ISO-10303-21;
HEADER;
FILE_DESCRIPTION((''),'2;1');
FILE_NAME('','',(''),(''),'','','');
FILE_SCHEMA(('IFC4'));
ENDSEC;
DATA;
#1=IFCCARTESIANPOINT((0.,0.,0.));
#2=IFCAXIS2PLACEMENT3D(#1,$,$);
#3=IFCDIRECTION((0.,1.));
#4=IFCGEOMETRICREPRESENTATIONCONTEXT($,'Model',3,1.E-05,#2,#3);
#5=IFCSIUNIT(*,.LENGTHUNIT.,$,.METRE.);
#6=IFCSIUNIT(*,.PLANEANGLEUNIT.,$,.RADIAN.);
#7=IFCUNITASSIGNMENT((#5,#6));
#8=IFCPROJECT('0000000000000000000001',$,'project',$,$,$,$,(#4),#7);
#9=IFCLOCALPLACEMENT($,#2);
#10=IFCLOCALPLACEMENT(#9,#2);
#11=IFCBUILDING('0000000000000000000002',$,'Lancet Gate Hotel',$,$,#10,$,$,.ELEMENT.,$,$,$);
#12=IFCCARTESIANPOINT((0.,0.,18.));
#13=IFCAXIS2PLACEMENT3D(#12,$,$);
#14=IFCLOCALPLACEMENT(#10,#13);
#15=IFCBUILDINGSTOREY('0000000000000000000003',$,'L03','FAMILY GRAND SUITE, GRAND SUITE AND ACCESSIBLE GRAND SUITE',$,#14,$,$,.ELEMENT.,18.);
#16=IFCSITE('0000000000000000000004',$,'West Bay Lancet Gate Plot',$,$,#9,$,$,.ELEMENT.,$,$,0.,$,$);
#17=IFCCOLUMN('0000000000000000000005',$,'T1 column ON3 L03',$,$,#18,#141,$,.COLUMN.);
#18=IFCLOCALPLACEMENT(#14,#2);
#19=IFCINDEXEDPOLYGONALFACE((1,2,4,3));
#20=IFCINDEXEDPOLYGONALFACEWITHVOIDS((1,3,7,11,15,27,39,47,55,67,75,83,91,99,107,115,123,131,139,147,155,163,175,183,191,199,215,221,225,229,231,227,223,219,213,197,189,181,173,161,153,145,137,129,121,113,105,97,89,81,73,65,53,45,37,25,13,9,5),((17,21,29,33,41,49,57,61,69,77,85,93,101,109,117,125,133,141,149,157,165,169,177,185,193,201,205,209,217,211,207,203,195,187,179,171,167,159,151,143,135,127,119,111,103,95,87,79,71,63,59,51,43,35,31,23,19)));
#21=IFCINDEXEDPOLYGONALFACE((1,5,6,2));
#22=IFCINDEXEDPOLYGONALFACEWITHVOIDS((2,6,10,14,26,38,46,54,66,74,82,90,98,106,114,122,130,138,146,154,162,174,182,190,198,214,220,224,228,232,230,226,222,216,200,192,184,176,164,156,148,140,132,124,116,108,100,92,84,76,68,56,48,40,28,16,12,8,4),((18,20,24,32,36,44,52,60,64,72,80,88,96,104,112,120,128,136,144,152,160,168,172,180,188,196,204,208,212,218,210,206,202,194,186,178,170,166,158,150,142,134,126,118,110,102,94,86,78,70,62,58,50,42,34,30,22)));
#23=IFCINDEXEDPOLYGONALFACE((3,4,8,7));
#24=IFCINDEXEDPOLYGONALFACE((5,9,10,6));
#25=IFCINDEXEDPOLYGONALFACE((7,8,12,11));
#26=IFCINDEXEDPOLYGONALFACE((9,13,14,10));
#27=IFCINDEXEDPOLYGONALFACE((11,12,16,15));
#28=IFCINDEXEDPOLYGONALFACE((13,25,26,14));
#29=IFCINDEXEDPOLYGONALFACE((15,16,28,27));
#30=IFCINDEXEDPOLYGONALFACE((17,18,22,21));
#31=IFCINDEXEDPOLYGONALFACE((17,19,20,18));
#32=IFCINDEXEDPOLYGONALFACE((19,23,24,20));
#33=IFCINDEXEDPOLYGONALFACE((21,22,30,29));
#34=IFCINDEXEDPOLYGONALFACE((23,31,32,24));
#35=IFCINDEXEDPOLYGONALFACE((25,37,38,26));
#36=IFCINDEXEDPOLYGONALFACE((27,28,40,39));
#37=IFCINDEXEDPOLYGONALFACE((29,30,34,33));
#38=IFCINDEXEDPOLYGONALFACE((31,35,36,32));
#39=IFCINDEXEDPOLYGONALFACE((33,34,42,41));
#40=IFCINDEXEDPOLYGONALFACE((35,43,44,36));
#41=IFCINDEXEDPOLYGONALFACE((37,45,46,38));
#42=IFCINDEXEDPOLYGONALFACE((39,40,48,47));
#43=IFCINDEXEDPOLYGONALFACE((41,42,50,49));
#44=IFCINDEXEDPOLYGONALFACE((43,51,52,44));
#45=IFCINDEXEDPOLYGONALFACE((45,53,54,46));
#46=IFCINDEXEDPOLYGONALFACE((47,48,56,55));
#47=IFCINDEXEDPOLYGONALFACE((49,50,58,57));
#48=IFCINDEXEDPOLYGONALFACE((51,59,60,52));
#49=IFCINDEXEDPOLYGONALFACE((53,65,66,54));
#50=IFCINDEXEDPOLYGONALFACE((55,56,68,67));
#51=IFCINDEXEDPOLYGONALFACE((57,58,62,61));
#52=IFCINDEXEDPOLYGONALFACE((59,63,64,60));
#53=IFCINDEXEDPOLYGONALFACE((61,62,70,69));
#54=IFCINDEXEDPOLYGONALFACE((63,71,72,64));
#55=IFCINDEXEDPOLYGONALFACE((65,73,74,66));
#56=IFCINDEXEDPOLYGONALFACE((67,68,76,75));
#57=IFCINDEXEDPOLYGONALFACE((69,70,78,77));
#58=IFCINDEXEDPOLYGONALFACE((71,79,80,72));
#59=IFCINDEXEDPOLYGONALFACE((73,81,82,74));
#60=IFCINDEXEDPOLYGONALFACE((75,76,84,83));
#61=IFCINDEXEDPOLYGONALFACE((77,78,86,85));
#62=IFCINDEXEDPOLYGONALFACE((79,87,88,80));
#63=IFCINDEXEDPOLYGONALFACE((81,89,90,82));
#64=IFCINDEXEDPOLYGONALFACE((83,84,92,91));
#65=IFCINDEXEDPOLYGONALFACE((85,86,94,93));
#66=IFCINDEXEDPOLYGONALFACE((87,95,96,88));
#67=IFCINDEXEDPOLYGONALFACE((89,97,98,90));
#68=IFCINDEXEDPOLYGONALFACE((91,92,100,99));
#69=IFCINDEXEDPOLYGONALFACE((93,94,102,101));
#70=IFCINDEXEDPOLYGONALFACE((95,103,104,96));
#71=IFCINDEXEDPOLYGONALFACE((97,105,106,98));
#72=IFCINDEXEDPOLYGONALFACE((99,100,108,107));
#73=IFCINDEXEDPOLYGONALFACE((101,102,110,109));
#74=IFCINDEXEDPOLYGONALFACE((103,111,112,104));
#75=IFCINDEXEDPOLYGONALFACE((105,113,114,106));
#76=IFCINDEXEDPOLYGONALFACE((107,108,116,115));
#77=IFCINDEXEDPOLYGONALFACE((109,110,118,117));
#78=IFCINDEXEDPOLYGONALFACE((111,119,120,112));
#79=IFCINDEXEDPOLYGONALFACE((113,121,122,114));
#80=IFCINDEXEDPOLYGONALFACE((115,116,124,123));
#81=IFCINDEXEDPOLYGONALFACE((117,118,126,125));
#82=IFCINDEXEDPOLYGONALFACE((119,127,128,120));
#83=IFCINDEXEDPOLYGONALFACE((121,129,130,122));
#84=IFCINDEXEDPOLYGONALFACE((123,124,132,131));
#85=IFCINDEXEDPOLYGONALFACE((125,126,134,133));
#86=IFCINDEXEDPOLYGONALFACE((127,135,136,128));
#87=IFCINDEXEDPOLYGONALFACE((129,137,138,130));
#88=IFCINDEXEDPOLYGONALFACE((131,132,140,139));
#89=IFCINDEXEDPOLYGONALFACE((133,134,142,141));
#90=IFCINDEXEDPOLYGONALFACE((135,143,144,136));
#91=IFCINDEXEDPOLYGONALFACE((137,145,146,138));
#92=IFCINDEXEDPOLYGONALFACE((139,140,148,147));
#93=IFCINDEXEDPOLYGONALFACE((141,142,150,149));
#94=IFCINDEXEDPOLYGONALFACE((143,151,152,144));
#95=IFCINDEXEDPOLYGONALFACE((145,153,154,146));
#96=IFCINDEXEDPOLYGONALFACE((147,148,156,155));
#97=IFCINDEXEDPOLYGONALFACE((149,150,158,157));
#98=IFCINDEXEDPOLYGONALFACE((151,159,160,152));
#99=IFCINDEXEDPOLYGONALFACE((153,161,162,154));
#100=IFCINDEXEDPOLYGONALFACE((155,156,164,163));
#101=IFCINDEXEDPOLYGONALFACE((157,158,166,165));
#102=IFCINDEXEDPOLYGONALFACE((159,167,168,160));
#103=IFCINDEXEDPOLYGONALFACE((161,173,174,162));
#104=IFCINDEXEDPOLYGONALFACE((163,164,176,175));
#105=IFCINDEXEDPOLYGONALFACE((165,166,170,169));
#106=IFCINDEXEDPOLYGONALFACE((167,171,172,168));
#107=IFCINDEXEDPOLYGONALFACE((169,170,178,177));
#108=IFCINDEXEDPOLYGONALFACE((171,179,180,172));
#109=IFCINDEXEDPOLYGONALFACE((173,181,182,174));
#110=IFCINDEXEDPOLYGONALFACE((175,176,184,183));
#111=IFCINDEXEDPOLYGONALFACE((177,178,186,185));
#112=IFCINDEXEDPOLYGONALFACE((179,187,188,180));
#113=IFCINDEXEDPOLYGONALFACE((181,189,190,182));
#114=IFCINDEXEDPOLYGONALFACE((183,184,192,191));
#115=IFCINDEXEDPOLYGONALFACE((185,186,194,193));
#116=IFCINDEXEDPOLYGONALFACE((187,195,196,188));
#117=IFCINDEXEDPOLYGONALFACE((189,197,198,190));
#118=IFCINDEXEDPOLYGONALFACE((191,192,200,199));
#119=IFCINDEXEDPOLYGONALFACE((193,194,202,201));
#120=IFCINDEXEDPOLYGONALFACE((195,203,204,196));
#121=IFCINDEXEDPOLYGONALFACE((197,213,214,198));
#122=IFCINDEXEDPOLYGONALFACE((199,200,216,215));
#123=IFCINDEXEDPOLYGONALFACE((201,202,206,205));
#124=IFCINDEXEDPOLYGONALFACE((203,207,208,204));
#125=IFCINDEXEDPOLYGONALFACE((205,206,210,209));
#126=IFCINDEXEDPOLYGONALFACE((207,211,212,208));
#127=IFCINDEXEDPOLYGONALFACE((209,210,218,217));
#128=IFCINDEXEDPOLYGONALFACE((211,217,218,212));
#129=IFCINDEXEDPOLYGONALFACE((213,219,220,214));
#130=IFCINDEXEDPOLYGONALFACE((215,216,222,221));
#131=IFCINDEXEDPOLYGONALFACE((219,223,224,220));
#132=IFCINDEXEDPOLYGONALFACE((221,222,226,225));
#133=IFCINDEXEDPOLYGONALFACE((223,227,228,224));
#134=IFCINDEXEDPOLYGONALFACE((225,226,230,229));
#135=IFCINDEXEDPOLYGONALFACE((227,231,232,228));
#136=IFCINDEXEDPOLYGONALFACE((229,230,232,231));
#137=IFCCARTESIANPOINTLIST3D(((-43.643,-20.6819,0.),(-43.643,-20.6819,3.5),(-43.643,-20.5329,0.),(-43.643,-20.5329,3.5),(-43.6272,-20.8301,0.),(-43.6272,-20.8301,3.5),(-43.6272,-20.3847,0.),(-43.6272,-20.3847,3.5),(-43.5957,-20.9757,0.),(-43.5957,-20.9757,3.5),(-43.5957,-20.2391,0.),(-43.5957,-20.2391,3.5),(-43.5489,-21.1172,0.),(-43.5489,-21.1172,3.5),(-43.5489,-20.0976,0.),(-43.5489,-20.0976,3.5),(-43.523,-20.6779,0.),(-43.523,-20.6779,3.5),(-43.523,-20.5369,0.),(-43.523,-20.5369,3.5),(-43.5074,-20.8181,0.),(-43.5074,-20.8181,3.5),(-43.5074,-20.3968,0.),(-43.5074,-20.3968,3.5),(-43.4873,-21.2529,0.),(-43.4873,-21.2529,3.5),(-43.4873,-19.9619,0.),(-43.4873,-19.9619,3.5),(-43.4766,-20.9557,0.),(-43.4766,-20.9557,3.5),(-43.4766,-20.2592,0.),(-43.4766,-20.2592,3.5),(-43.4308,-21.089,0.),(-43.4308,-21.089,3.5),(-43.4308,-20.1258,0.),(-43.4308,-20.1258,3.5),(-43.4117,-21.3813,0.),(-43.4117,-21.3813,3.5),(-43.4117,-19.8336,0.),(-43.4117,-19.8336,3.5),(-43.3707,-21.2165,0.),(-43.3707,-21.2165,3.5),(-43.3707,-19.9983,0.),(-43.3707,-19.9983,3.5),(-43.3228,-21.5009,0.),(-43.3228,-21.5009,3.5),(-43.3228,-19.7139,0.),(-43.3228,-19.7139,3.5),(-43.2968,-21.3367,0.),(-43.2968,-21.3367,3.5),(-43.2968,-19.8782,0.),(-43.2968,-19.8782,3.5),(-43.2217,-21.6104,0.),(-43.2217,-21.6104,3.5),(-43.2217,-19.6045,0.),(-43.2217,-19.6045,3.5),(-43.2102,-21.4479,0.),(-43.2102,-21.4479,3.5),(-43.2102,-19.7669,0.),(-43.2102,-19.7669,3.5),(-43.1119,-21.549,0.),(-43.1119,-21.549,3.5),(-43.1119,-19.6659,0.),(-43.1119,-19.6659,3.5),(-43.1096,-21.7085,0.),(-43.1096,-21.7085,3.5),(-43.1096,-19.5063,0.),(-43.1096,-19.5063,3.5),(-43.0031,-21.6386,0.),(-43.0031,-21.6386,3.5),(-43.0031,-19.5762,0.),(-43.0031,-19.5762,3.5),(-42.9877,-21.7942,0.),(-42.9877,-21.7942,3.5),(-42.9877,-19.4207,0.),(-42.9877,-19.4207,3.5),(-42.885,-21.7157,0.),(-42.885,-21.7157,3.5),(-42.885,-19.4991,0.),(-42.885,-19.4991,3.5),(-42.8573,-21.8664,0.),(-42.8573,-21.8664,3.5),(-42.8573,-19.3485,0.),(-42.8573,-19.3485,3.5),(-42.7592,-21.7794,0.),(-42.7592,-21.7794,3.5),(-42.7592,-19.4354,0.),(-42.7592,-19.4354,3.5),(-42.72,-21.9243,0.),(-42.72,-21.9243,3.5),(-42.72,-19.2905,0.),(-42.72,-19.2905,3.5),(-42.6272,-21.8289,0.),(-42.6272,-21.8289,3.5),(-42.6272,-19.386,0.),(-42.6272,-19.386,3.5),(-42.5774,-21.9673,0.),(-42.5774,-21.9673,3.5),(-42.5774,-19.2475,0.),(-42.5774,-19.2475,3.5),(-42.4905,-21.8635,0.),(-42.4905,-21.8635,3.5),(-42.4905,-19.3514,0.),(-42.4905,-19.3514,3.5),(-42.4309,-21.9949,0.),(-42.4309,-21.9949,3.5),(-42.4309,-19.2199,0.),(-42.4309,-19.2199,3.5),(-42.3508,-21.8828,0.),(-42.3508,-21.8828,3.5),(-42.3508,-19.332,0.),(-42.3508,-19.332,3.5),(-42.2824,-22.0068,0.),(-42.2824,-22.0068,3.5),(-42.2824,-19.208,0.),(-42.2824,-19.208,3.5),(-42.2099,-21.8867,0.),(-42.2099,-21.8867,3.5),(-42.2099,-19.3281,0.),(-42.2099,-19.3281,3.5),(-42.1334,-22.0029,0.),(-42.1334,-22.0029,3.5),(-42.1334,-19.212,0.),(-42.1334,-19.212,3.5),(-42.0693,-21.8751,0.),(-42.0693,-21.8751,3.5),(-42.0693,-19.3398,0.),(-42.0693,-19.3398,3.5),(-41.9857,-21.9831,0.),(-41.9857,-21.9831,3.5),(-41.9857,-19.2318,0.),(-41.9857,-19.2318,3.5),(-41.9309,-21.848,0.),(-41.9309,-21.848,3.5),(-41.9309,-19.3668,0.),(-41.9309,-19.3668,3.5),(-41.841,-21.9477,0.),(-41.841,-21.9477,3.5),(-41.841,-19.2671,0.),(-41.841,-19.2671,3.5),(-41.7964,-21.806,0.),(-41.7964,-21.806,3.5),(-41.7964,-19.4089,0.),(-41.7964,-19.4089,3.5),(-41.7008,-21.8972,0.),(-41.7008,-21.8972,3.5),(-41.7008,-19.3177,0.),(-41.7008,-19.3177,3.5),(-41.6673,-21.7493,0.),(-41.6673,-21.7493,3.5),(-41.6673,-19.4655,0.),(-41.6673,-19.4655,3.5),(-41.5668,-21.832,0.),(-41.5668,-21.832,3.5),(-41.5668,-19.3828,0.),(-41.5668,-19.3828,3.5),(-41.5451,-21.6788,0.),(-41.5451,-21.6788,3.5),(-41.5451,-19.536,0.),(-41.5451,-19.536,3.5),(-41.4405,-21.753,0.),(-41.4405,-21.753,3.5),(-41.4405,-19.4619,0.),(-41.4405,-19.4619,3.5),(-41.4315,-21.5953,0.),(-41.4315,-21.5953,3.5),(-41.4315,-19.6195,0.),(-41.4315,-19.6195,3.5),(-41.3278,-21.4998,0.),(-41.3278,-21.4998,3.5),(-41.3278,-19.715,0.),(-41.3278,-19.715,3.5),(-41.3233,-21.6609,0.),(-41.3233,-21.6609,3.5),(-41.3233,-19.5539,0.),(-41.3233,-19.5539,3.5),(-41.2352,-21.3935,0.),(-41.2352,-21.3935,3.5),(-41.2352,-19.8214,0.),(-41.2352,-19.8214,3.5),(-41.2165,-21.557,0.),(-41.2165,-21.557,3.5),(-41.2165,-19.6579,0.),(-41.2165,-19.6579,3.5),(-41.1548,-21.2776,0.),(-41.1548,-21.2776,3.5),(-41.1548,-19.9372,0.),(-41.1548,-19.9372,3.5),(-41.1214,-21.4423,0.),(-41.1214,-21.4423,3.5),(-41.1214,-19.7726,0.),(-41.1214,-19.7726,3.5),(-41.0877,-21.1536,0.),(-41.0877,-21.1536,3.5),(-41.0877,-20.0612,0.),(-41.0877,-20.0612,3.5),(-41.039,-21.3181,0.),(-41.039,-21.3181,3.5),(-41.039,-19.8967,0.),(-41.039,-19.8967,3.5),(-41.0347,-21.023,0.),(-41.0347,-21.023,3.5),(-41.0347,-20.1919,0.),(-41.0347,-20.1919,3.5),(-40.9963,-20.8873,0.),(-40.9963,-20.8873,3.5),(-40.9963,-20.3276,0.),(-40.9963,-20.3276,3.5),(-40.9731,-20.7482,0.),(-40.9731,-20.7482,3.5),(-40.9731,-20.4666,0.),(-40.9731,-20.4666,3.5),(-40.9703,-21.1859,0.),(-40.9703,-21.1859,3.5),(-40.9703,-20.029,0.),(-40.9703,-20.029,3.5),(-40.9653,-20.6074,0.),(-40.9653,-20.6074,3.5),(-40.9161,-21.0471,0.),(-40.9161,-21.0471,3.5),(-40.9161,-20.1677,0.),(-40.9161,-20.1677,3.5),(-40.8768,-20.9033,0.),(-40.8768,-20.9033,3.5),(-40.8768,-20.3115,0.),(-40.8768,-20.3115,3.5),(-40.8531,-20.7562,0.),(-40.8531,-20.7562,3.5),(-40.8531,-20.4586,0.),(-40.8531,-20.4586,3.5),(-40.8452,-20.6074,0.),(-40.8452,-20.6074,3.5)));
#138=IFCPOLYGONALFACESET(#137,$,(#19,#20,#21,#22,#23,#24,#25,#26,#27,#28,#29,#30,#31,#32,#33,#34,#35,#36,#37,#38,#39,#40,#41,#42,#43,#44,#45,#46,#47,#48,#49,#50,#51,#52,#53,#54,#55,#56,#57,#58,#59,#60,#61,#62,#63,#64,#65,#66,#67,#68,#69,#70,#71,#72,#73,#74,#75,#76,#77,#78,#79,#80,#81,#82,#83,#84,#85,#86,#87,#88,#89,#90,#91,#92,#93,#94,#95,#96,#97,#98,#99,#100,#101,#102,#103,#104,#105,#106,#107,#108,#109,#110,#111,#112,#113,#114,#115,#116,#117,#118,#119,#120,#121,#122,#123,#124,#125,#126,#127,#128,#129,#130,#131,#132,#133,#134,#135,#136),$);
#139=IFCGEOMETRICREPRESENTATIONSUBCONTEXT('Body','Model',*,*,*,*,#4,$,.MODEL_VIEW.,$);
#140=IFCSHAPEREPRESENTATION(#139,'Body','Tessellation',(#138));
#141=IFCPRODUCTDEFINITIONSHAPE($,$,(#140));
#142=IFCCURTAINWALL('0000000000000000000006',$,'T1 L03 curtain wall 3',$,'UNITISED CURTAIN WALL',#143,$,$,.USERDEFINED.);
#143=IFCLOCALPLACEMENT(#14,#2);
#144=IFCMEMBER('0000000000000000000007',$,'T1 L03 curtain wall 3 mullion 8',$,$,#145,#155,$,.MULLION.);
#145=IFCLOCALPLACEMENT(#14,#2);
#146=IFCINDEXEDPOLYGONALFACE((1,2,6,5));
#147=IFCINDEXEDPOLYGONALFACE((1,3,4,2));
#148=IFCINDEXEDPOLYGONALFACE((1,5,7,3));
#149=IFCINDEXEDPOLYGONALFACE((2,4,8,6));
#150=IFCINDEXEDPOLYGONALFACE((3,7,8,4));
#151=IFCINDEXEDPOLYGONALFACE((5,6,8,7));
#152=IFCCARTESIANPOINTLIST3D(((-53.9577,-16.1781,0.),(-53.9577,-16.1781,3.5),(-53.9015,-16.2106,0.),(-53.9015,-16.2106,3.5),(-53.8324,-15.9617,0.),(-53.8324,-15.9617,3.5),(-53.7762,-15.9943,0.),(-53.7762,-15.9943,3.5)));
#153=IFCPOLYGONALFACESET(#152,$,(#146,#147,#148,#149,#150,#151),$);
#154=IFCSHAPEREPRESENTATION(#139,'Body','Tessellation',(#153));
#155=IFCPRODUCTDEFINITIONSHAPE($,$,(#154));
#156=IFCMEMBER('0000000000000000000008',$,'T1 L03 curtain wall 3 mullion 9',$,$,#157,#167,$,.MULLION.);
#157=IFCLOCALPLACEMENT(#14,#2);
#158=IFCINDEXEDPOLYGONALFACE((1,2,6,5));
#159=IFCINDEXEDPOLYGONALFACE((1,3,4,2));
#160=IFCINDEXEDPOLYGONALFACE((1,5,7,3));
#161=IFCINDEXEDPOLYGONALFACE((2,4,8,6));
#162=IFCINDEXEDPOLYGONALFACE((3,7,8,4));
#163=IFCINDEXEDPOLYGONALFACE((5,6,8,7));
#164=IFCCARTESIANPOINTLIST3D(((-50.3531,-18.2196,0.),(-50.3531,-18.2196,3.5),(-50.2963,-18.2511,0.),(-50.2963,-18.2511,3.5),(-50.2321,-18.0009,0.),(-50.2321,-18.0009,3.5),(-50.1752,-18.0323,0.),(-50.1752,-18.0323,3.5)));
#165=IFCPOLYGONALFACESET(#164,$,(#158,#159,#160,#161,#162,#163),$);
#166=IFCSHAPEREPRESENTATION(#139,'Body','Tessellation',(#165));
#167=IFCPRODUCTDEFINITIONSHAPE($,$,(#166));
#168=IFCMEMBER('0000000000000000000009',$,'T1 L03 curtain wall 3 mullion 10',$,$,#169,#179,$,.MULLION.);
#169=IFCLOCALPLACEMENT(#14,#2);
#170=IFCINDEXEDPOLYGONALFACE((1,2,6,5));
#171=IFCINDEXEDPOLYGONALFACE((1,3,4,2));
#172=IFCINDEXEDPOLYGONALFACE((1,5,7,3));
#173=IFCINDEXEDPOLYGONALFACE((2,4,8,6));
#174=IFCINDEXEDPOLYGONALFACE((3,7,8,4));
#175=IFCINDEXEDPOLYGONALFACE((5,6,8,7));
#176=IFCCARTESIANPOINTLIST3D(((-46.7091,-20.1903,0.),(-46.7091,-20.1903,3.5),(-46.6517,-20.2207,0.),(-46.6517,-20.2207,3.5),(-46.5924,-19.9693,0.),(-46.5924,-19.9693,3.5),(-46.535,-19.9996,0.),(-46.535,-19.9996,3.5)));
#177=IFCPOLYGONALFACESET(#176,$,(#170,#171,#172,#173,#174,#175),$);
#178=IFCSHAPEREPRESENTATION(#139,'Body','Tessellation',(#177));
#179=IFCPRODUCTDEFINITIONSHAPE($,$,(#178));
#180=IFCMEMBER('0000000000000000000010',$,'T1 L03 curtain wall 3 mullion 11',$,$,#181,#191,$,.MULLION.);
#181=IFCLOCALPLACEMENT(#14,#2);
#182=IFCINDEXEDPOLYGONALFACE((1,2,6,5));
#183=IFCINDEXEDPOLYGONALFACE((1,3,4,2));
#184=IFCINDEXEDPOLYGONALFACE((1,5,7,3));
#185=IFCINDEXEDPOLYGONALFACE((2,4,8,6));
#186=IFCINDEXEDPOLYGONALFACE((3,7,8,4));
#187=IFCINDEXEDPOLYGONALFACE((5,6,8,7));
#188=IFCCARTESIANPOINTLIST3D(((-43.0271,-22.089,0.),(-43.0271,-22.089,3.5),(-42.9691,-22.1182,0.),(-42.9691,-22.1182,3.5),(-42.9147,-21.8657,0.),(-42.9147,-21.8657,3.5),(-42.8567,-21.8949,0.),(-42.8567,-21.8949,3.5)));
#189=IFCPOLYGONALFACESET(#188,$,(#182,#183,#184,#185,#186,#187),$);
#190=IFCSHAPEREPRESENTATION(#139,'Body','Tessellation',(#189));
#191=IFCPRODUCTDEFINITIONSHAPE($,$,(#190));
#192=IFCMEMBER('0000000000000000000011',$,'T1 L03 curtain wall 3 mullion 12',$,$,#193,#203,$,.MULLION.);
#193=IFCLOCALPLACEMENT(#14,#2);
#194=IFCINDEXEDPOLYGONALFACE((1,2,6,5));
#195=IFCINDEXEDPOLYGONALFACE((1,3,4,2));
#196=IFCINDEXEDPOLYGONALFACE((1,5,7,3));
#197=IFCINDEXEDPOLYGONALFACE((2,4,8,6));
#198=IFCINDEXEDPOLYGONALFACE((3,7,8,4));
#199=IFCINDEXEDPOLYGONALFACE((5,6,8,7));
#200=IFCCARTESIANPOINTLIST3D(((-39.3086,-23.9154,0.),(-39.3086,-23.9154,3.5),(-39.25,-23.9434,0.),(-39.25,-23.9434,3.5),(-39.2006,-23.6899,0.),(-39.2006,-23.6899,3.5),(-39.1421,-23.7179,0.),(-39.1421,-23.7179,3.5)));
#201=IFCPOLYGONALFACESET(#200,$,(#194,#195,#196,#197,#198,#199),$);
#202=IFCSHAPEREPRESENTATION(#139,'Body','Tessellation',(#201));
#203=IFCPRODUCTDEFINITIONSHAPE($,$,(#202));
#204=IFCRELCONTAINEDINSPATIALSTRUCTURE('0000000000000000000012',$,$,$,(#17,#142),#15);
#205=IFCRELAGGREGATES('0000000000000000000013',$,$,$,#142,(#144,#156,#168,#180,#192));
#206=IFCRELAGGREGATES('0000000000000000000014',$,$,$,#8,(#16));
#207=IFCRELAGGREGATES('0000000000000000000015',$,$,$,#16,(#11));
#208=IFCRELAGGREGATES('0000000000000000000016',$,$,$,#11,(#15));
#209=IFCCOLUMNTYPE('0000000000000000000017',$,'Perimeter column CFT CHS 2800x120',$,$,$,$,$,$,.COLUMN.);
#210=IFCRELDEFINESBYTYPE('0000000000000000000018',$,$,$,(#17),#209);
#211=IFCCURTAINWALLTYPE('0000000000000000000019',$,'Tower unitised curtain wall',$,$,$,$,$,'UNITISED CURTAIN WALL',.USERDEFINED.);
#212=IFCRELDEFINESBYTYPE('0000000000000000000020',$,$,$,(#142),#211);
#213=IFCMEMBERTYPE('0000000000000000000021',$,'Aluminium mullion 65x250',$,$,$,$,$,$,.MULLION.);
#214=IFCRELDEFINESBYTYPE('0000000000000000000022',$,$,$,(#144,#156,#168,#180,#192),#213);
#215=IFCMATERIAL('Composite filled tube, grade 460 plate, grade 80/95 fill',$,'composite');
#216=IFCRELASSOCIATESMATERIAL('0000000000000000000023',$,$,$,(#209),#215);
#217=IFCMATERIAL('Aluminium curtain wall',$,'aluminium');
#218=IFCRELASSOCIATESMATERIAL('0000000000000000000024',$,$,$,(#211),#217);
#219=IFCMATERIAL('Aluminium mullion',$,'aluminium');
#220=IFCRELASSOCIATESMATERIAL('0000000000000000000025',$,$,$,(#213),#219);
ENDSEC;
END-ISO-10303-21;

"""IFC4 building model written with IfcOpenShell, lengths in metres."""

from ifc_helpers import new_model, si_unit, direction, frame, origin, origin_2d, place, context, subcontext, project, spatial, rectangle, hollow_circle, extrude, material, material_profile, profile_set, type_object, element, aggregate, save


model = new_model("IFC4")

# Units and contexts
model_context = context("Model", 3, precision=1e-05, world=origin(), true_north=direction((0.0, 1.0)))
body_context = subcontext(model_context, "Body", "Model", "MODEL_VIEW")
ifc_project = project(units=[si_unit("LENGTHUNIT", "METRE"), si_unit("PLANEANGLEUNIT", "RADIAN")], contexts=[model_context])

# Site, building, storey
site_placement = place(None, origin())
site = spatial("IfcSite", under=ifc_project, at=site_placement, Name="West Bay Lancet Gate Plot", CompositionType="ELEMENT", RefElevation=0.0)
building_placement = place(site_placement, origin())
building = spatial("IfcBuilding", under=site, at=building_placement, Name="Lancet Gate Hotel", CompositionType="ELEMENT")
storey_placement = place(building_placement, frame((0.0, 0.0, 18.0)))
storey = spatial("IfcBuildingStorey", under=building, at=storey_placement, Name="L03", Description="FAMILY GRAND SUITE, GRAND SUITE AND ACCESSIBLE GRAND SUITE", CompositionType="ELEMENT", Elevation=18.0)

# Column
ifc_material_1 = material(Name="Composite filled tube, grade 460 plate, grade 80/95 fill", Category="composite")
ifc_material_profile_1 = material_profile(ifc_material_1, hollow_circle(Radius=1.3999, WallThickness=0.1201, at=origin_2d()), Name="CHS 2800x120")
ifc_profile_set_1 = profile_set([ifc_material_profile_1], Name="Composite filled tube, grade 460 plate, grade 80/95 fill")
column_type = type_object("IfcColumnType", Name="Perimeter column CFT CHS 2800x120", PredefinedType="COLUMN", material=ifc_profile_set_1)
for number, where, z_axis, x_axis, name in (
    (1, (-42.2451, -20.6074, 0.0), (0.0, 0.0, 1.0), (1.0, 0.0, 0.0), "T1 column ON3 L03"),
):
    element("IfcColumn", number, at=place(storey_placement, frame(where, z_axis=z_axis, x_axis=x_axis)), inside=storey, type_object=column_type, Name=name, PredefinedType="COLUMN", context=body_context, shape_type="SweptSolid", body=[
        extrude(hollow_circle(Radius=1.3999, WallThickness=0.1201, at=origin_2d()), origin(), (0.0, 0.0, 1.0), 3.5),
    ])

# Curtain wall, members
ifc_material_2 = material(Name="Aluminium curtain wall", Category="aluminium")
curtain_wall_type = type_object("IfcCurtainWallType", Name="Tower unitised curtain wall", ElementType="UNITISED CURTAIN WALL", PredefinedType="USERDEFINED", material=ifc_material_2)
curtain_wall_placement = place(storey_placement, origin())
curtain_wall = element("IfcCurtainWall", 2, at=curtain_wall_placement, inside=storey, type_object=curtain_wall_type, Name="T1 L03 curtain wall 3", ObjectType="UNITISED CURTAIN WALL", PredefinedType="USERDEFINED")
ifc_material_3 = material(Name="Aluminium mullion", Category="aluminium")
ifc_material_profile_2 = material_profile(ifc_material_3, rectangle(XDim=0.0649, YDim=0.25, at=origin_2d()), Name="MULLION 65x250")
ifc_profile_set_2 = profile_set([ifc_material_profile_2], Name="Aluminium mullion")
member_type_1 = type_object("IfcMemberType", Name="Aluminium mullion 65x250", PredefinedType="MULLION", material=ifc_profile_set_2)
member_1_placement = place(storey_placement, frame((-53.8669, -16.0862, 0.0), z_axis=(0.0, 0.0, 1.0), x_axis=(0.865335, -0.501194, 0.0)))
member_1 = element("IfcMember", 3, at=member_1_placement, type_object=member_type_1, Name="T1 L03 curtain wall 3 mullion 8", PredefinedType="MULLION", context=body_context, shape_type="SweptSolid", body=[
    extrude(rectangle(XDim=0.0649, YDim=0.25, at=origin_2d()), origin(), (0.0, 0.0, 1.0), 3.5),
])
member_2_placement = place(storey_placement, frame((-50.2642, -18.126, 0.0), z_axis=(0.0, 0.0, 1.0), x_axis=(0.874991, -0.484139, 0.0)))
member_2 = element("IfcMember", 4, at=member_2_placement, type_object=member_type_1, Name="T1 L03 curtain wall 3 mullion 9", PredefinedType="MULLION", context=body_context, shape_type="SweptSolid", body=[
    extrude(rectangle(XDim=0.0649, YDim=0.25, at=origin_2d()), origin(), (0.0, 0.0, 1.0), 3.5),
])
member_3_placement = place(storey_placement, frame((-46.6221, -20.095, 0.0), z_axis=(0.0, 0.0, 1.0), x_axis=(0.884311, -0.466898, 0.0)))
member_3 = element("IfcMember", 5, at=member_3_placement, type_object=member_type_1, Name="T1 L03 curtain wall 3 mullion 10", PredefinedType="MULLION", context=body_context, shape_type="SweptSolid", body=[
    extrude(rectangle(XDim=0.0649, YDim=0.25, at=origin_2d()), origin(), (0.0, 0.0, 1.0), 3.5),
])
member_4_placement = place(storey_placement, frame((-42.9419, -21.9919, 0.0), z_axis=(0.0, 0.0, 1.0), x_axis=(0.893292, -0.449478, 0.0)))
member_4 = element("IfcMember", 6, at=member_4_placement, type_object=member_type_1, Name="T1 L03 curtain wall 3 mullion 11", PredefinedType="MULLION", context=body_context, shape_type="SweptSolid", body=[
    extrude(rectangle(XDim=0.0649, YDim=0.25, at=origin_2d()), origin(), (0.0, 0.0, 1.0), 3.5),
])
member_5_placement = place(storey_placement, frame((-39.2253, -23.8167, 0.0), z_axis=(0.0, 0.0, 1.0), x_axis=(0.901929, -0.431885, 0.0)))
member_5 = element("IfcMember", 7, at=member_5_placement, type_object=member_type_1, Name="T1 L03 curtain wall 3 mullion 12", PredefinedType="MULLION", context=body_context, shape_type="SweptSolid", body=[
    extrude(rectangle(XDim=0.0649, YDim=0.25, at=origin_2d()), origin(), (0.0, 0.0, 1.0), 3.5),
])

aggregate(curtain_wall, [member_1, member_2, member_3, member_4, member_5])

save(model, "model.ifc")
